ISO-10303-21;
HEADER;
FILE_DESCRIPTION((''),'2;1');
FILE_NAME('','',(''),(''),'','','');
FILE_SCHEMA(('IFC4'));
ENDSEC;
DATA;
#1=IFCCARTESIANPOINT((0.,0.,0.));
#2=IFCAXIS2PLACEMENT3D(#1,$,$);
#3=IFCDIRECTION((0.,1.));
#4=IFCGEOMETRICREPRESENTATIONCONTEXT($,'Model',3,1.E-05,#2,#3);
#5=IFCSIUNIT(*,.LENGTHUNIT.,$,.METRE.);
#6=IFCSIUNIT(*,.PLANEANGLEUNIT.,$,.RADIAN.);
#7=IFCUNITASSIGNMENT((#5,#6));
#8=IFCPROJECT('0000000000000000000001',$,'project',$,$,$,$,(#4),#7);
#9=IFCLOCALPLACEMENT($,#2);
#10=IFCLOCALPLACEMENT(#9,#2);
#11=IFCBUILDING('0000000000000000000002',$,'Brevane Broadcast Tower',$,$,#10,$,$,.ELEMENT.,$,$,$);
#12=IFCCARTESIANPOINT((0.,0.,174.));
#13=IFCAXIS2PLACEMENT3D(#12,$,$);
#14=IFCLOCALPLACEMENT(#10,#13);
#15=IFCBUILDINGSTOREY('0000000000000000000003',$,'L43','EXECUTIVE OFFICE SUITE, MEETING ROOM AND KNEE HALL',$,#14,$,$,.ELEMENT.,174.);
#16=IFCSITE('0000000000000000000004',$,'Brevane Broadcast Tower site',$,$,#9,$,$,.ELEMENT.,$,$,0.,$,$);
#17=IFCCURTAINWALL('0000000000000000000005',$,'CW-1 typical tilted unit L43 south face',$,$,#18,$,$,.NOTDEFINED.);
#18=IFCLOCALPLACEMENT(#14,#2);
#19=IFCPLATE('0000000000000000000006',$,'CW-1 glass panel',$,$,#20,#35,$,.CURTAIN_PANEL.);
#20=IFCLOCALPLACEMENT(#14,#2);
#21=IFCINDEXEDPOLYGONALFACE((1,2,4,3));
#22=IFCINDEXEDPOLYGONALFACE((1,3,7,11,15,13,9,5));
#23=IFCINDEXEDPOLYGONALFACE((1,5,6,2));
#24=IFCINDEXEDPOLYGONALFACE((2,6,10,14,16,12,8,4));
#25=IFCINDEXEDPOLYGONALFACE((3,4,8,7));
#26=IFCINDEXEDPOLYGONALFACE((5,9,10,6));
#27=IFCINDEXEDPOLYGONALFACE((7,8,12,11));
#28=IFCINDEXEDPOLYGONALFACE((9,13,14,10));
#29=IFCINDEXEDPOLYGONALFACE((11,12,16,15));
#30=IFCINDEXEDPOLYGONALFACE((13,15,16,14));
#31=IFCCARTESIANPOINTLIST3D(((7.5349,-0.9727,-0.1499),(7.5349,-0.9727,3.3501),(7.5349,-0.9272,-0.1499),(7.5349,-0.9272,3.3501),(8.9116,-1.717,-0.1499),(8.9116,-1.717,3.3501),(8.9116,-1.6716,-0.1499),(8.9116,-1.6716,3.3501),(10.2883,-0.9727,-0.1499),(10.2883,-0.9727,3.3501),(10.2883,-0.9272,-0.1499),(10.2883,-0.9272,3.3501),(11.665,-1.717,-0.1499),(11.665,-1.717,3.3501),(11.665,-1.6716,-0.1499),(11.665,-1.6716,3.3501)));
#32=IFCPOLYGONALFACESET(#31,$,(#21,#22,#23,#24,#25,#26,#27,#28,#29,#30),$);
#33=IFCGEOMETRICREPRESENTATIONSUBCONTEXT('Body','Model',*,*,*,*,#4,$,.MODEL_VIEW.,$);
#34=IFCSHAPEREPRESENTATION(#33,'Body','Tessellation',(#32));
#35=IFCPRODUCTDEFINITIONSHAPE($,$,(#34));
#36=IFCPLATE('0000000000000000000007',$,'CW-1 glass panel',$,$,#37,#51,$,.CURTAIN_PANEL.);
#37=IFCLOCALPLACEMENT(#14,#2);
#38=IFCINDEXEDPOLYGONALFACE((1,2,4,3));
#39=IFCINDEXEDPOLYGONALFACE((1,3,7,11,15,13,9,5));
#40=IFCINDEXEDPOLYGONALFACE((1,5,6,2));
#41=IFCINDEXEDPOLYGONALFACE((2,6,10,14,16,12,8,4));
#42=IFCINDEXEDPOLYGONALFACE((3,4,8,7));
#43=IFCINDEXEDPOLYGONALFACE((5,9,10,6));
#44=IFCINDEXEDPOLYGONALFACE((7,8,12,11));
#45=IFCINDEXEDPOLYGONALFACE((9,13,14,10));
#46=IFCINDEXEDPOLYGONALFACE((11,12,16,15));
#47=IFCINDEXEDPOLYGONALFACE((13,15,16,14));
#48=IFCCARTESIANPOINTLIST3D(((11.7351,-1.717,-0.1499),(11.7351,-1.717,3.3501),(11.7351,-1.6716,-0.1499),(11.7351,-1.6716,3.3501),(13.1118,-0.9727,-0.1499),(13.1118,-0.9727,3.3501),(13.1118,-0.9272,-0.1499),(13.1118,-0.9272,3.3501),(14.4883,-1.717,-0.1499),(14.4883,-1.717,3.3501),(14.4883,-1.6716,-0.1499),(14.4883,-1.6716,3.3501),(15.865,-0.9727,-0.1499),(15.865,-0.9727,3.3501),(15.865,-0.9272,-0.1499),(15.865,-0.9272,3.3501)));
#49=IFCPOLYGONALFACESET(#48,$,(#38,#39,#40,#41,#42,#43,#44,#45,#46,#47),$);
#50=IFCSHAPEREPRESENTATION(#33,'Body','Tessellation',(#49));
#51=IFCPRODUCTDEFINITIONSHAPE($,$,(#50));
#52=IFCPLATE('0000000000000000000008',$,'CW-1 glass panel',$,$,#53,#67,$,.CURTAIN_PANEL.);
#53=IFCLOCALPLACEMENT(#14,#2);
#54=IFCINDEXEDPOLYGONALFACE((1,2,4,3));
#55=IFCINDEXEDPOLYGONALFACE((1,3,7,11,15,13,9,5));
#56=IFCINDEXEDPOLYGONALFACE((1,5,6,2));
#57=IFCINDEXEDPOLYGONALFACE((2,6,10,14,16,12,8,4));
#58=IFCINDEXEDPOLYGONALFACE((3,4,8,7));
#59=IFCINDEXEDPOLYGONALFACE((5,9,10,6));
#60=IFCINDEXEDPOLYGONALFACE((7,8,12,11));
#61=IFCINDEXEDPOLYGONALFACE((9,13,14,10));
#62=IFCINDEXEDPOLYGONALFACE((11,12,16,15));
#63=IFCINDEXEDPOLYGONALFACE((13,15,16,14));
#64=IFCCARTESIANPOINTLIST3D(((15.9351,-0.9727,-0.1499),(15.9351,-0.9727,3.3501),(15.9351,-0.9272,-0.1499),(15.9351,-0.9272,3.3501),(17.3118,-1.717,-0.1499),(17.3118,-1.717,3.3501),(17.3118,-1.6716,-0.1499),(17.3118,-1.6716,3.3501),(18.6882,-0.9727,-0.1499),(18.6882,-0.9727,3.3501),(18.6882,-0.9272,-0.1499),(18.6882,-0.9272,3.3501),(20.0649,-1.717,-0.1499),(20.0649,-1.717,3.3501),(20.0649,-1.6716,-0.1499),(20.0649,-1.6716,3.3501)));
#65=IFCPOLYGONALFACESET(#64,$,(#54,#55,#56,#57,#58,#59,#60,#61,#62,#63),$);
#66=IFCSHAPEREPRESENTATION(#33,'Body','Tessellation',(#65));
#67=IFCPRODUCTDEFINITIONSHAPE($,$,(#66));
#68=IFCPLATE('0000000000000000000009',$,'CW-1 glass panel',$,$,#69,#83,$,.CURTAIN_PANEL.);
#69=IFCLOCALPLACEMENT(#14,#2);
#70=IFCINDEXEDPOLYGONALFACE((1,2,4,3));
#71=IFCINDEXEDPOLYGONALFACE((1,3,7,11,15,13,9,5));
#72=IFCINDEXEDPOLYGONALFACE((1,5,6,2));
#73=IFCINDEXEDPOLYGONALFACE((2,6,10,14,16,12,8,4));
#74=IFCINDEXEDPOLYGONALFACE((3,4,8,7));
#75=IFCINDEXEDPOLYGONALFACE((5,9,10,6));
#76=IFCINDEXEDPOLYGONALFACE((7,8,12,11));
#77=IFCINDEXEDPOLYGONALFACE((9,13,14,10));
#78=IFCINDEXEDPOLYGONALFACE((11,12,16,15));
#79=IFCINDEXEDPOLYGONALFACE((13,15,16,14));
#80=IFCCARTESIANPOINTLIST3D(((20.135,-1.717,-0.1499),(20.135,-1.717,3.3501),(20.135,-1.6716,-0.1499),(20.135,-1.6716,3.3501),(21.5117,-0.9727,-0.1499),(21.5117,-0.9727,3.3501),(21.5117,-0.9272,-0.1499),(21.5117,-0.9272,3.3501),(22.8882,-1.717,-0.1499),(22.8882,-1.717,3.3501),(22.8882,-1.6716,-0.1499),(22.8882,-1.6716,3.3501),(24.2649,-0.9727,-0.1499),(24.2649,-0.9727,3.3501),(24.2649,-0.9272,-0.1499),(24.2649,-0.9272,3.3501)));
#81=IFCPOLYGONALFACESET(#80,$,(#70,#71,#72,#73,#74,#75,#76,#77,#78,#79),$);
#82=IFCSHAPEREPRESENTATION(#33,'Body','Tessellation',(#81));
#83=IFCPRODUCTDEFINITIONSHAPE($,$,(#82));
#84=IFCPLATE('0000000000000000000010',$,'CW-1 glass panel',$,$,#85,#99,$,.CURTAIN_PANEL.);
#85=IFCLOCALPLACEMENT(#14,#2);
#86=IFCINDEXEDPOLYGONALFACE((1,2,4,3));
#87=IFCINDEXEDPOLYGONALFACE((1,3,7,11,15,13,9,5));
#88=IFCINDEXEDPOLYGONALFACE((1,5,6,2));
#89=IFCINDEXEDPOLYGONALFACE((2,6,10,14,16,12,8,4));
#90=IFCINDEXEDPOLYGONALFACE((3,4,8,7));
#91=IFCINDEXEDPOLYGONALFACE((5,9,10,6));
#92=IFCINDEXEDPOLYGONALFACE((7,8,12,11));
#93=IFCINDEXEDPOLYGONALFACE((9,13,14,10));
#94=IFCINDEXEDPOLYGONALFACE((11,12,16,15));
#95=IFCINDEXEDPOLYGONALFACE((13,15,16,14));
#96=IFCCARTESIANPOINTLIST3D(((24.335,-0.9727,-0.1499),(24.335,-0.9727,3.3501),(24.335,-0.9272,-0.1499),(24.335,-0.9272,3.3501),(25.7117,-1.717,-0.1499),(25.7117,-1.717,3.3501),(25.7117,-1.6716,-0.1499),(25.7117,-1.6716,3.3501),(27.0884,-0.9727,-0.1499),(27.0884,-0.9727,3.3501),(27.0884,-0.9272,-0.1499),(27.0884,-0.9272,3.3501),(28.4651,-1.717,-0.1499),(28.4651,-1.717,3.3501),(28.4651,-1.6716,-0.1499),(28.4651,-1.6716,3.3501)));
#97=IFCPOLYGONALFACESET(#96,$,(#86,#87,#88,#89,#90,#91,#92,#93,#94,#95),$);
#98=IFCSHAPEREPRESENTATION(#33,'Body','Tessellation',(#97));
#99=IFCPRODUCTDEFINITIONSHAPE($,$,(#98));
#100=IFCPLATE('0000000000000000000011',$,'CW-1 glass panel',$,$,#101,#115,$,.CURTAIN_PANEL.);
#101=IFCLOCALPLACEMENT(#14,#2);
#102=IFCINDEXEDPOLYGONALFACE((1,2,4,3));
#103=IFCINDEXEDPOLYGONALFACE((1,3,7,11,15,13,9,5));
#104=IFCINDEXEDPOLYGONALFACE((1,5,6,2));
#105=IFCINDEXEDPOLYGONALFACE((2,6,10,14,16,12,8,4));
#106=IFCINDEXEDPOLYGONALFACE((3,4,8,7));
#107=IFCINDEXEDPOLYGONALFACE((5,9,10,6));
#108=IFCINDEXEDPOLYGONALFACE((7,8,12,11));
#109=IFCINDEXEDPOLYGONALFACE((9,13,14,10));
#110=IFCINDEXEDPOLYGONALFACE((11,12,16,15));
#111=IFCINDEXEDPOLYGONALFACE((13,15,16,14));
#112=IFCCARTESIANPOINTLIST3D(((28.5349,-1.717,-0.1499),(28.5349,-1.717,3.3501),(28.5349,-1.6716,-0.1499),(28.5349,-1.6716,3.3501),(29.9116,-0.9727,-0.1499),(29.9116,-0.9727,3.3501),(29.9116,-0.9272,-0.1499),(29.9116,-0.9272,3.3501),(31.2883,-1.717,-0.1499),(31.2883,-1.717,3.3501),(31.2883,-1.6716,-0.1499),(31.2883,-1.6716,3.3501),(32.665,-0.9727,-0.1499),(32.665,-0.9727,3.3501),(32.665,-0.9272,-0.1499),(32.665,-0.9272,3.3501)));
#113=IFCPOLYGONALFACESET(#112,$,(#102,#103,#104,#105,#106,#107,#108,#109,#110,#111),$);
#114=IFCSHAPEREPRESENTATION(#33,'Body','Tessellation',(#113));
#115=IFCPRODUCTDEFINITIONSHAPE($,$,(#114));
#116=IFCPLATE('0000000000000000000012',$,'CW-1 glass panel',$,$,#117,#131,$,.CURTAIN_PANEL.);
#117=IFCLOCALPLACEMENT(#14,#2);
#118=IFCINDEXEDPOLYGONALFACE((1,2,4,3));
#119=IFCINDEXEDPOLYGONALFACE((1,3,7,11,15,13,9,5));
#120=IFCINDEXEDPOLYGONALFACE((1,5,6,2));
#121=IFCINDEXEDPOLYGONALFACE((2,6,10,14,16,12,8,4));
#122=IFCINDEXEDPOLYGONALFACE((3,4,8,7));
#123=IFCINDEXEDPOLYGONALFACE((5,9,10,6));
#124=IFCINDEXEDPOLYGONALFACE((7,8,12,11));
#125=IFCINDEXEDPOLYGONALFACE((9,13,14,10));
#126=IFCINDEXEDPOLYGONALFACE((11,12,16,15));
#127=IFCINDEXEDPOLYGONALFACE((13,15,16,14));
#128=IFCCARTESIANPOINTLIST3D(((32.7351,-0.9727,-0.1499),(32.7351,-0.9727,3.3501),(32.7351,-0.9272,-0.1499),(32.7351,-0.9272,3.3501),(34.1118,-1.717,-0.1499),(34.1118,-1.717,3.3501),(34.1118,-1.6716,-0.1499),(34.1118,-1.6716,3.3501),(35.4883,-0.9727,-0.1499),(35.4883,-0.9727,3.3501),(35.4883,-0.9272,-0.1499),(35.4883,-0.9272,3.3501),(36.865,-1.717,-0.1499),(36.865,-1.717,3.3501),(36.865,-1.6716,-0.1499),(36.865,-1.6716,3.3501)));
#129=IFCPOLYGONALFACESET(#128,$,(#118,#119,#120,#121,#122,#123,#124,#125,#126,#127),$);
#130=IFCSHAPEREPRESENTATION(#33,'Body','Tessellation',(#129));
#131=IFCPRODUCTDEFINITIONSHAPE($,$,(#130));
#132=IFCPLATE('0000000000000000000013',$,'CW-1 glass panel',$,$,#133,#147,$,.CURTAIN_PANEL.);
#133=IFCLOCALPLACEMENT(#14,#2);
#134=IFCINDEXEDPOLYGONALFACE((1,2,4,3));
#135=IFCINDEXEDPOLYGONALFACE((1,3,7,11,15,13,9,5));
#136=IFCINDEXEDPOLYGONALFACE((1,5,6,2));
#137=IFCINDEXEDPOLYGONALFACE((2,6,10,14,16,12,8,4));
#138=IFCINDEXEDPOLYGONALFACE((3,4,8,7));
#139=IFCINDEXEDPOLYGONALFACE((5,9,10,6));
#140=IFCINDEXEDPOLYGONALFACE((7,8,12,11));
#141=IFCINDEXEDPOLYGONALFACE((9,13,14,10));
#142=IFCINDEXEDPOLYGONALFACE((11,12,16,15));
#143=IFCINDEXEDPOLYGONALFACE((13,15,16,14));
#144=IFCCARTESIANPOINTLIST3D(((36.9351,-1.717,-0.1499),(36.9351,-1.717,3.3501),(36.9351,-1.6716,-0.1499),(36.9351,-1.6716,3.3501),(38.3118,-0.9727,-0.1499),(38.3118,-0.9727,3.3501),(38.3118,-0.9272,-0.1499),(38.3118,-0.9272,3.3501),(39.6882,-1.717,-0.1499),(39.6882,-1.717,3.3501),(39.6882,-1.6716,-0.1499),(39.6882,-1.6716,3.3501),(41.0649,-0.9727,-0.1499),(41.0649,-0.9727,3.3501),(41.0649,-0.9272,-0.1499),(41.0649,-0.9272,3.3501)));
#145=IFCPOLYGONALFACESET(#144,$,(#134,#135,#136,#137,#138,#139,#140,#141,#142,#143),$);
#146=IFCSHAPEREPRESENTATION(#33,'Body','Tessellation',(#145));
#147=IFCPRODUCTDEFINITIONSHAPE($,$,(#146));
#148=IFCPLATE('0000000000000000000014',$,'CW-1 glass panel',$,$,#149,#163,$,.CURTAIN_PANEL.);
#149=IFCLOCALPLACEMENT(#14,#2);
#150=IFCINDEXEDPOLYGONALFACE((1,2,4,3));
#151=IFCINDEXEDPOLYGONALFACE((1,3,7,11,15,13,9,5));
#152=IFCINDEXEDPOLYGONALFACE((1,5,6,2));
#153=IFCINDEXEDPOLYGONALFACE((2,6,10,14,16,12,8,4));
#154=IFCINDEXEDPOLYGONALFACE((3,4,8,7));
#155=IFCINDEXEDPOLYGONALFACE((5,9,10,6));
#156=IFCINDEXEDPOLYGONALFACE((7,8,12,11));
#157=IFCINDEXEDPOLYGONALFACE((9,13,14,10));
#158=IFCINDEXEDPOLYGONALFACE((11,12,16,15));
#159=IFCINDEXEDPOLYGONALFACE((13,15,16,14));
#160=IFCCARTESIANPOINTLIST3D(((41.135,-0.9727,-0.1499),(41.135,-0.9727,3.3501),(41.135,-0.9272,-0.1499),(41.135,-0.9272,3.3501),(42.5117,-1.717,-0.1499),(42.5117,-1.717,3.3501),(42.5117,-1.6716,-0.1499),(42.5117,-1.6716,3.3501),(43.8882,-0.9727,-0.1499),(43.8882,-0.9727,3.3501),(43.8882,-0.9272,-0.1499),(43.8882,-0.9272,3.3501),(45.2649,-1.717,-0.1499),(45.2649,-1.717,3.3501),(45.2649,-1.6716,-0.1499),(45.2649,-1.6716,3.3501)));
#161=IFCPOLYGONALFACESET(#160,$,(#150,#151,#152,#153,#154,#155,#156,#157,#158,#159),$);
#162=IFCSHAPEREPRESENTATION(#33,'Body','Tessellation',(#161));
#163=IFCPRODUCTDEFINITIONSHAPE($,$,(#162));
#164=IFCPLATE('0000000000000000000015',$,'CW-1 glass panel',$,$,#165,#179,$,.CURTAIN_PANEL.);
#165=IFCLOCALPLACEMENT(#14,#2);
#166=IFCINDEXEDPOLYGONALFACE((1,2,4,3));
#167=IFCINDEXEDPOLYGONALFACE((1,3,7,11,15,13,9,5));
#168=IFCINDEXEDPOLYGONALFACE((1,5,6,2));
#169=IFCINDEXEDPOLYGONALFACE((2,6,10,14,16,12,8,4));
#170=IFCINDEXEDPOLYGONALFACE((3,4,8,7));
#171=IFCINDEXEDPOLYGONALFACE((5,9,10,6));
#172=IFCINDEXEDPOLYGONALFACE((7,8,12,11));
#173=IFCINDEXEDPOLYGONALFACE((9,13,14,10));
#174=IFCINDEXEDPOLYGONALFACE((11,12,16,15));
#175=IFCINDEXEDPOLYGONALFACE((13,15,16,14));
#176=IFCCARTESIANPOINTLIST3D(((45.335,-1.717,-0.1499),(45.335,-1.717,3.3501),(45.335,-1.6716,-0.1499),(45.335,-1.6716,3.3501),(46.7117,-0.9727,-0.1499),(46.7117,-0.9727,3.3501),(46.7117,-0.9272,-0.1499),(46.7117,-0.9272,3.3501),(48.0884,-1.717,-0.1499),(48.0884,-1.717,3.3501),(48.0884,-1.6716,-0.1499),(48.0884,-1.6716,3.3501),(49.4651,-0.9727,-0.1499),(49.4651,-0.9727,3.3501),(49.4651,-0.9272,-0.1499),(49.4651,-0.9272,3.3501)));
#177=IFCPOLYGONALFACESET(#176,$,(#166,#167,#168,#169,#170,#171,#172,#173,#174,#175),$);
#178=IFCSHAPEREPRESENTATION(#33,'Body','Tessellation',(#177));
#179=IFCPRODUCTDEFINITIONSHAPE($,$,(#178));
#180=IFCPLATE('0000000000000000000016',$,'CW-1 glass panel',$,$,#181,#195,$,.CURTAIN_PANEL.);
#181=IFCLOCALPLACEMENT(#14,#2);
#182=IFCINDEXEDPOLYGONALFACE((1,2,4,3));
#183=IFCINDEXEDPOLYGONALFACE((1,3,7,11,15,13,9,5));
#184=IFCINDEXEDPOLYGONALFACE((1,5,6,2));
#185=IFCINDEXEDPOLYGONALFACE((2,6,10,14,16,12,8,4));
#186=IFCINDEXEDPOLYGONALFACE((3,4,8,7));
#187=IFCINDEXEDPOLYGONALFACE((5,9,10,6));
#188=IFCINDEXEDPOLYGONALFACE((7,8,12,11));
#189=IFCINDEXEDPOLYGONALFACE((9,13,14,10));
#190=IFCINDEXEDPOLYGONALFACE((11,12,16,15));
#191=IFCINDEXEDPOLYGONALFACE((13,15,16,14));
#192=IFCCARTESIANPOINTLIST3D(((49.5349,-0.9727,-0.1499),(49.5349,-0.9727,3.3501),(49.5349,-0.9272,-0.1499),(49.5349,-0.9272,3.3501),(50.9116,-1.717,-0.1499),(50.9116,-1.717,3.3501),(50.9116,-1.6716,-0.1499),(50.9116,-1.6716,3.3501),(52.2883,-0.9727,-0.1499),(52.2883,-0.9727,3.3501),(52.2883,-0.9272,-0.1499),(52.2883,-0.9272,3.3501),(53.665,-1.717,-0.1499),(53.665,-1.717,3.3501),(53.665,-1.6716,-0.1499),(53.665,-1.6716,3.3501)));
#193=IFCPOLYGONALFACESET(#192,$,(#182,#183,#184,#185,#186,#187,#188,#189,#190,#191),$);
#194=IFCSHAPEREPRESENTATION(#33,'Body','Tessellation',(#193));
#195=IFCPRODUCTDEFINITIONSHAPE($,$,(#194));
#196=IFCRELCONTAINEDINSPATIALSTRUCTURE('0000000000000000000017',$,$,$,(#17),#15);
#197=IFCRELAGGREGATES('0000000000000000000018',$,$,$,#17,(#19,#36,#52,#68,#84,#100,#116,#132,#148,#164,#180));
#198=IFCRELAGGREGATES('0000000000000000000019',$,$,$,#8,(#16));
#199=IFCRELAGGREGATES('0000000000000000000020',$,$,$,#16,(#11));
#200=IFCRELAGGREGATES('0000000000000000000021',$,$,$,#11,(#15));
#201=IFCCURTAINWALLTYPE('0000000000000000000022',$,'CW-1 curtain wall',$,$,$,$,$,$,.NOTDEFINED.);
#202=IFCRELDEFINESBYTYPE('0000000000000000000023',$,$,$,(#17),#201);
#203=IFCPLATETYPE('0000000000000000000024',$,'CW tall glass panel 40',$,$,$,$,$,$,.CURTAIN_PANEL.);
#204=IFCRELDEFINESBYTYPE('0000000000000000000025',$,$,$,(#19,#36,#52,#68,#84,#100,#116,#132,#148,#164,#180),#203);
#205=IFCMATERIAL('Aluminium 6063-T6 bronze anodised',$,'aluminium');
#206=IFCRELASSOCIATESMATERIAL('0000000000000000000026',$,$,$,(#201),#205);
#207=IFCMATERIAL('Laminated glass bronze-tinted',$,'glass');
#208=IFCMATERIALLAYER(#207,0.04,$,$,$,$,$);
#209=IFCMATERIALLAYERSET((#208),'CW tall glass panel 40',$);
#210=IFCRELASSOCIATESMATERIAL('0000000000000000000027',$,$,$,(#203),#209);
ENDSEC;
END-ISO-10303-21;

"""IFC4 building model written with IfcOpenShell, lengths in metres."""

from ifc_helpers import new_model, si_unit, direction, frame, origin, place, context, subcontext, project, spatial, polyline, outline, extrude, material, layer, layer_set, type_object, element, aggregate, save


model = new_model("IFC4")

# Units and contexts
model_context = context("Model", 3, precision=1e-05, world=origin(), true_north=direction((0.0, 1.0)))
body_context = subcontext(model_context, "Body", "Model", "MODEL_VIEW")
ifc_project = project(units=[si_unit("LENGTHUNIT", "METRE"), si_unit("PLANEANGLEUNIT", "RADIAN")], contexts=[model_context])

# Site, building, storey
site_placement = place(None, origin())
site = spatial("IfcSite", under=ifc_project, at=site_placement, Name="Brevane Broadcast Tower site", CompositionType="ELEMENT", RefElevation=0.0)
building_placement = place(site_placement, origin())
building = spatial("IfcBuilding", under=site, at=building_placement, Name="Brevane Broadcast Tower", CompositionType="ELEMENT")
storey_placement = place(building_placement, frame((0.0, 0.0, 174.0)))
storey = spatial("IfcBuildingStorey", under=building, at=storey_placement, Name="L43", Description="EXECUTIVE OFFICE SUITE, MEETING ROOM AND KNEE HALL", CompositionType="ELEMENT", Elevation=174.0)

# Curtain wall, plates
ifc_material_1 = material(Name="Aluminium 6063-T6 bronze anodised", Category="aluminium")
curtain_wall_type = type_object("IfcCurtainWallType", Name="CW-1 curtain wall", PredefinedType="NOTDEFINED", material=ifc_material_1)
curtain_wall_1_placement = place(storey_placement, origin())
curtain_wall_1 = element("IfcCurtainWall", 1, at=curtain_wall_1_placement, inside=storey, type_object=curtain_wall_type, Name="CW-1 typical tilted unit L43 south face", PredefinedType="NOTDEFINED")
ifc_material_2 = material(Name="Laminated glass bronze-tinted", Category="glass")
ifc_layer = layer(ifc_material_2, 0.04)
ifc_layer_set = layer_set([ifc_layer], Name="CW tall glass panel 40")
plate_type = type_object("IfcPlateType", Name="CW tall glass panel 40", PredefinedType="CURTAIN_PANEL", material=ifc_layer_set)
plate_1_placement = place(storey_placement, frame((0.0, 0.0, -0.1499)))
plate_1 = element("IfcPlate", 2, at=plate_1_placement, type_object=plate_type, Name="CW-1 glass panel", PredefinedType="CURTAIN_PANEL", context=body_context, shape_type="SweptSolid", body=[
    extrude(outline(polyline([(7.5349, -0.9272), (7.5349, -0.9727), (8.9116, -1.717), (10.2883, -0.9727), (11.665, -1.717), (11.665, -1.6716), (10.2883, -0.9272), (8.9116, -1.6716), (7.5349, -0.9272)])), origin(), (0.0, 0.0, 1.0), 3.5),
])
plate_2_placement = place(storey_placement, frame((0.0, 0.0, -0.1499)))
plate_2 = element("IfcPlate", 3, at=plate_2_placement, type_object=plate_type, Name="CW-1 glass panel", PredefinedType="CURTAIN_PANEL", context=body_context, shape_type="SweptSolid", body=[
    extrude(outline(polyline([(11.7351, -1.6716), (11.7351, -1.717), (13.1118, -0.9727), (14.4883, -1.717), (15.865, -0.9727), (15.865, -0.9272), (14.4883, -1.6716), (13.1118, -0.9272), (11.7351, -1.6716)])), origin(), (0.0, 0.0, 1.0), 3.5),
])
plate_3_placement = place(storey_placement, frame((0.0, 0.0, -0.1499)))
plate_3 = element("IfcPlate", 4, at=plate_3_placement, type_object=plate_type, Name="CW-1 glass panel", PredefinedType="CURTAIN_PANEL", context=body_context, shape_type="SweptSolid", body=[
    extrude(outline(polyline([(15.9351, -0.9272), (15.9351, -0.9727), (17.3118, -1.717), (18.6882, -0.9727), (20.0649, -1.717), (20.0649, -1.6716), (18.6882, -0.9272), (17.3118, -1.6716), (15.9351, -0.9272)])), origin(), (0.0, 0.0, 1.0), 3.5),
])
plate_4_placement = place(storey_placement, frame((0.0, 0.0, -0.1499)))
plate_4 = element("IfcPlate", 5, at=plate_4_placement, type_object=plate_type, Name="CW-1 glass panel", PredefinedType="CURTAIN_PANEL", context=body_context, shape_type="SweptSolid", body=[
    extrude(outline(polyline([(20.135, -1.6716), (20.135, -1.717), (21.5117, -0.9727), (22.8882, -1.717), (24.2649, -0.9727), (24.2649, -0.9272), (22.8882, -1.6716), (21.5117, -0.9272), (20.135, -1.6716)])), origin(), (0.0, 0.0, 1.0), 3.5),
])
plate_5_placement = place(storey_placement, frame((0.0, 0.0, -0.1499)))
plate_5 = element("IfcPlate", 6, at=plate_5_placement, type_object=plate_type, Name="CW-1 glass panel", PredefinedType="CURTAIN_PANEL", context=body_context, shape_type="SweptSolid", body=[
    extrude(outline(polyline([(24.335, -0.9272), (24.335, -0.9727), (25.7117, -1.717), (27.0884, -0.9727), (28.4651, -1.717), (28.4651, -1.6716), (27.0884, -0.9272), (25.7117, -1.6716), (24.335, -0.9272)])), origin(), (0.0, 0.0, 1.0), 3.5),
])
plate_6_placement = place(storey_placement, frame((0.0, 0.0, -0.1499)))
plate_6 = element("IfcPlate", 7, at=plate_6_placement, type_object=plate_type, Name="CW-1 glass panel", PredefinedType="CURTAIN_PANEL", context=body_context, shape_type="SweptSolid", body=[
    extrude(outline(polyline([(28.5349, -1.6716), (28.5349, -1.717), (29.9116, -0.9727), (31.2883, -1.717), (32.665, -0.9727), (32.665, -0.9272), (31.2883, -1.6716), (29.9116, -0.9272), (28.5349, -1.6716)])), origin(), (0.0, 0.0, 1.0), 3.5),
])
plate_7_placement = place(storey_placement, frame((0.0, 0.0, -0.1499)))
plate_7 = element("IfcPlate", 8, at=plate_7_placement, type_object=plate_type, Name="CW-1 glass panel", PredefinedType="CURTAIN_PANEL", context=body_context, shape_type="SweptSolid", body=[
    extrude(outline(polyline([(32.7351, -0.9272), (32.7351, -0.9727), (34.1118, -1.717), (35.4883, -0.9727), (36.865, -1.717), (36.865, -1.6716), (35.4883, -0.9272), (34.1118, -1.6716), (32.7351, -0.9272)])), origin(), (0.0, 0.0, 1.0), 3.5),
])
plate_8_placement = place(storey_placement, frame((0.0, 0.0, -0.1499)))
plate_8 = element("IfcPlate", 9, at=plate_8_placement, type_object=plate_type, Name="CW-1 glass panel", PredefinedType="CURTAIN_PANEL", context=body_context, shape_type="SweptSolid", body=[
    extrude(outline(polyline([(36.9351, -1.6716), (36.9351, -1.717), (38.3118, -0.9727), (39.6882, -1.717), (41.0649, -0.9727), (41.0649, -0.9272), (39.6882, -1.6716), (38.3118, -0.9272), (36.9351, -1.6716)])), origin(), (0.0, 0.0, 1.0), 3.5),
])
plate_9_placement = place(storey_placement, frame((0.0, 0.0, -0.1499)))
plate_9 = element("IfcPlate", 10, at=plate_9_placement, type_object=plate_type, Name="CW-1 glass panel", PredefinedType="CURTAIN_PANEL", context=body_context, shape_type="SweptSolid", body=[
    extrude(outline(polyline([(41.135, -0.9272), (41.135, -0.9727), (42.5117, -1.717), (43.8882, -0.9727), (45.2649, -1.717), (45.2649, -1.6716), (43.8882, -0.9272), (42.5117, -1.6716), (41.135, -0.9272)])), origin(), (0.0, 0.0, 1.0), 3.5),
])
plate_10_placement = place(storey_placement, frame((0.0, 0.0, -0.1499)))
plate_10 = element("IfcPlate", 11, at=plate_10_placement, type_object=plate_type, Name="CW-1 glass panel", PredefinedType="CURTAIN_PANEL", context=body_context, shape_type="SweptSolid", body=[
    extrude(outline(polyline([(45.335, -1.6716), (45.335, -1.717), (46.7117, -0.9727), (48.0884, -1.717), (49.4651, -0.9727), (49.4651, -0.9272), (48.0884, -1.6716), (46.7117, -0.9272), (45.335, -1.6716)])), origin(), (0.0, 0.0, 1.0), 3.5),
])
plate_11_placement = place(storey_placement, frame((0.0, 0.0, -0.1499)))
plate_11 = element("IfcPlate", 12, at=plate_11_placement, type_object=plate_type, Name="CW-1 glass panel", PredefinedType="CURTAIN_PANEL", context=body_context, shape_type="SweptSolid", body=[
    extrude(outline(polyline([(49.5349, -0.9272), (49.5349, -0.9727), (50.9116, -1.717), (52.2883, -0.9727), (53.665, -1.717), (53.665, -1.6716), (52.2883, -0.9272), (50.9116, -1.6716), (49.5349, -0.9272)])), origin(), (0.0, 0.0, 1.0), 3.5),
])
aggregate(curtain_wall_1, [plate_1, plate_2, plate_3, plate_4, plate_5, plate_6, plate_7, plate_8, plate_9, plate_10, plate_11])

save(model, "model.ifc")
